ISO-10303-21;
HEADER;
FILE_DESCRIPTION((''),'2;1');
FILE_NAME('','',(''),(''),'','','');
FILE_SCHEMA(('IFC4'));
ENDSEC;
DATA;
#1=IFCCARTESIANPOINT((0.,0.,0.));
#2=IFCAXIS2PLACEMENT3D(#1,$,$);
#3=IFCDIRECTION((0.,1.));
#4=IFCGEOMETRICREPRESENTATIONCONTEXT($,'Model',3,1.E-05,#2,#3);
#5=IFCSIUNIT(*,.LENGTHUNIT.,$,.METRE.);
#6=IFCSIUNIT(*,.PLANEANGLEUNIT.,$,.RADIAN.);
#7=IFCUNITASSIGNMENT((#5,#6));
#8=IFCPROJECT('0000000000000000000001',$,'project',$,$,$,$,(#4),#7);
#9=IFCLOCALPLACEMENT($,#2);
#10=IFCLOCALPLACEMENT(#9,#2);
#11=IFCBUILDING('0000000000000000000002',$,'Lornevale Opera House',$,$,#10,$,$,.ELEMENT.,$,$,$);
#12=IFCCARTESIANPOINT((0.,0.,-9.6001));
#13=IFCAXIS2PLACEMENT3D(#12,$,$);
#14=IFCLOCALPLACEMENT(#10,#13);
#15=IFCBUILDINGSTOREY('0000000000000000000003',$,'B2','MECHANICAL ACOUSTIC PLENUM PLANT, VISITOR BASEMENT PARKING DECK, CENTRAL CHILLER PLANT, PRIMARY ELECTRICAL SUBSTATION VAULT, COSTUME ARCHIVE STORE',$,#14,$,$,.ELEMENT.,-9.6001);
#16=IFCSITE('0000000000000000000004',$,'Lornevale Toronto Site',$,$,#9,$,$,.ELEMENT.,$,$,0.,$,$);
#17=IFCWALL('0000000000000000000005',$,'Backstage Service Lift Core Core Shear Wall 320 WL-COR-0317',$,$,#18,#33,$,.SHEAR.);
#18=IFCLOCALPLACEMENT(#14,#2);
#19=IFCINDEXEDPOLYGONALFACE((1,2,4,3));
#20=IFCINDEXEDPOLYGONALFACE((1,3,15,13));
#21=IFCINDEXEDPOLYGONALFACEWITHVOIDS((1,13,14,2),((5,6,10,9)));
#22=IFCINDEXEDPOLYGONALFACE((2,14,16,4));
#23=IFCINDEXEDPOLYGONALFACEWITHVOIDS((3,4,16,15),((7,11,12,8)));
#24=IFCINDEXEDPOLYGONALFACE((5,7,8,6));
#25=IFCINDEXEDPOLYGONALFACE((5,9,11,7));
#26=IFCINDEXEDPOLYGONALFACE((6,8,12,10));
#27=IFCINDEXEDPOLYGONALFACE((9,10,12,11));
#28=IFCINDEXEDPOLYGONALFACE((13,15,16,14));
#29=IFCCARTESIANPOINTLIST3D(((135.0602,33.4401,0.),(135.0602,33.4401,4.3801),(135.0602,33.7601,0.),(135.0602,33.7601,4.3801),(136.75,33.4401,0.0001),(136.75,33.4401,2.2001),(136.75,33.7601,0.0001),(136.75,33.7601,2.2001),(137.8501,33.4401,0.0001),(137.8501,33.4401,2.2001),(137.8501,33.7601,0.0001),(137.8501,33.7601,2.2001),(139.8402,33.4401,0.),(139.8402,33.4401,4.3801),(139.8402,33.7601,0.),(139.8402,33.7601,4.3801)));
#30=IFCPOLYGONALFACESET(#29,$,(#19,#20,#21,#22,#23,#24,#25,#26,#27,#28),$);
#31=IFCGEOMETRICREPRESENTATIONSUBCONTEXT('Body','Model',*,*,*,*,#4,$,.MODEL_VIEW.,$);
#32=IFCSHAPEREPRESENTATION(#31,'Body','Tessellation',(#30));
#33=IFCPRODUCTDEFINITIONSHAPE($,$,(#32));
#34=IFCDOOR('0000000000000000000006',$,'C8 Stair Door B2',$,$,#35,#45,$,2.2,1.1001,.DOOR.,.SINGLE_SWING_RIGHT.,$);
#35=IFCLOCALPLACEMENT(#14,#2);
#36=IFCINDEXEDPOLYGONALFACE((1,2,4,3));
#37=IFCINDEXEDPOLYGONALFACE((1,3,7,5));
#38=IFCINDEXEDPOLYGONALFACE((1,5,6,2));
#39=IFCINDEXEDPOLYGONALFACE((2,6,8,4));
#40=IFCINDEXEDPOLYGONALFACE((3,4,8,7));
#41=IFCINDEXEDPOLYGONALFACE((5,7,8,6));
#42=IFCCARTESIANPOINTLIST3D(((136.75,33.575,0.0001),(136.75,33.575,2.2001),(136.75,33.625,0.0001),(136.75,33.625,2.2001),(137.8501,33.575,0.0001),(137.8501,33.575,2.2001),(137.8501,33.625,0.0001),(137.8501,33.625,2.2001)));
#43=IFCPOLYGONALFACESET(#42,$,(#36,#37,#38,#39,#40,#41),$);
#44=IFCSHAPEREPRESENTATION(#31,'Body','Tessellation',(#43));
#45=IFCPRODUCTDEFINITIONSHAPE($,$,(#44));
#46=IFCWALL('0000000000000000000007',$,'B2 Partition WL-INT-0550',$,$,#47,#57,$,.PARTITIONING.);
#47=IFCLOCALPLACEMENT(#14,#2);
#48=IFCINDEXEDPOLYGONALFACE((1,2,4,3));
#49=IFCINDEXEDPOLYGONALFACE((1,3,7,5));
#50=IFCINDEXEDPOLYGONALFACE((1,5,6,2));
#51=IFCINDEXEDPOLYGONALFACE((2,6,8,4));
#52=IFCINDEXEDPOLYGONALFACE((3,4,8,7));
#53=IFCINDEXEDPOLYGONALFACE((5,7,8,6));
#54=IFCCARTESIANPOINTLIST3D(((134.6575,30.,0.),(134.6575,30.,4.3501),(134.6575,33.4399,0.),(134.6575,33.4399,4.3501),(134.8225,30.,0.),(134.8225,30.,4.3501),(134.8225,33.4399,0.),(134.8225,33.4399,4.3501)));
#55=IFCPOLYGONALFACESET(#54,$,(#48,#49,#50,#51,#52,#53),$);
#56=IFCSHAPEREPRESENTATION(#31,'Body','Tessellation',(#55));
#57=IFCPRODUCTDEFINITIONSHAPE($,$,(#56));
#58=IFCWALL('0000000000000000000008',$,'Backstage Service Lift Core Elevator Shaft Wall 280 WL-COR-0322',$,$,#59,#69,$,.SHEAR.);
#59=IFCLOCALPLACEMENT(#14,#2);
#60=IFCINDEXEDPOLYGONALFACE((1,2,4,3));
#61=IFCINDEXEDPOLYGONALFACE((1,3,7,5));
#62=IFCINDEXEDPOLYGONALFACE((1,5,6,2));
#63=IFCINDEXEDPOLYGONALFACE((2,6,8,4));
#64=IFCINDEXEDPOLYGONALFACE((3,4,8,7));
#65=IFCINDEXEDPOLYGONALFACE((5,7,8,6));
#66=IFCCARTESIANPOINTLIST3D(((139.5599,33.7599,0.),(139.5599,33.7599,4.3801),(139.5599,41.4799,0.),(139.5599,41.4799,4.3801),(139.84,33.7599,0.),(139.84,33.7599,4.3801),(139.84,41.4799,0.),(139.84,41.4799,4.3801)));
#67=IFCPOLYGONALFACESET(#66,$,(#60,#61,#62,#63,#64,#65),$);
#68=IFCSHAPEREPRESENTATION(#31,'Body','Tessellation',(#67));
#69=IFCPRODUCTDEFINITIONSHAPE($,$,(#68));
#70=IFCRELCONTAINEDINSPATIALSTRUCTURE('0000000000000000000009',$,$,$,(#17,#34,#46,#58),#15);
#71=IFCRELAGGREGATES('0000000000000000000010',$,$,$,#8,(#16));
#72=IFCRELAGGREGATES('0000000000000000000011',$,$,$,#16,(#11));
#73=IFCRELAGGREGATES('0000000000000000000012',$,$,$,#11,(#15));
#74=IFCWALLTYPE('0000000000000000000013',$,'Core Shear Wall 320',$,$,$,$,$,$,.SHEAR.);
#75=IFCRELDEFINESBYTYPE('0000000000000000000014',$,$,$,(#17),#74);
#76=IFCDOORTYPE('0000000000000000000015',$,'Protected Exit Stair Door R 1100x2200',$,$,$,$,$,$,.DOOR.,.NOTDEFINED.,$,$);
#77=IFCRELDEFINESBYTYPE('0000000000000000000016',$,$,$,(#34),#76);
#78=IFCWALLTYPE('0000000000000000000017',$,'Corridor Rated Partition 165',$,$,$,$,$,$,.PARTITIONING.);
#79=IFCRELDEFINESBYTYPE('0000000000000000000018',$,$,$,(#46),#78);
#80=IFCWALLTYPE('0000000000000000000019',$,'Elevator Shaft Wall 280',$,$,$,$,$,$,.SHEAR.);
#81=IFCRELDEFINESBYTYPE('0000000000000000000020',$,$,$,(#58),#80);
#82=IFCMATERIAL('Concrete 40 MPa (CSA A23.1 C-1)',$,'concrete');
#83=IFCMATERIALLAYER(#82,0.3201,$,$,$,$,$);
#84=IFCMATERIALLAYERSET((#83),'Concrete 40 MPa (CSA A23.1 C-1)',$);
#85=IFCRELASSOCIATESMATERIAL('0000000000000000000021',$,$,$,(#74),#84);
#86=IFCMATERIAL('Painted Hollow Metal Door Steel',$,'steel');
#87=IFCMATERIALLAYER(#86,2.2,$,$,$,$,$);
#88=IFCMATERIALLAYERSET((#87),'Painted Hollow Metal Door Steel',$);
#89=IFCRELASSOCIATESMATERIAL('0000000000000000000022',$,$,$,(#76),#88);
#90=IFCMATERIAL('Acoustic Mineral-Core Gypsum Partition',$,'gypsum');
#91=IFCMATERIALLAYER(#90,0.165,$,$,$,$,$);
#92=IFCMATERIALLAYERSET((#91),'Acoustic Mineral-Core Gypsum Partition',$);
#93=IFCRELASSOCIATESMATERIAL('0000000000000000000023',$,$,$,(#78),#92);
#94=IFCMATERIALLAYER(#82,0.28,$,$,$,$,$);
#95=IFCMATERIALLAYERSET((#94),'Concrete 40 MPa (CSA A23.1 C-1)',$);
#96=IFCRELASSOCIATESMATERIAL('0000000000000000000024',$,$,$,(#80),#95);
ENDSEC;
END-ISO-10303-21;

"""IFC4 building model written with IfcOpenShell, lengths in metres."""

from ifc_helpers import new_model, si_unit, direction, frame, frame_2d, origin, place, context, subcontext, project, spatial, rectangle, extrude, material, layer, layer_set, type_object, element, fill, save


model = new_model("IFC4")

# Units and contexts
model_context = context("Model", 3, precision=1e-05, world=origin(), true_north=direction((0.0, 1.0)))
body_context = subcontext(model_context, "Body", "Model", "MODEL_VIEW")
ifc_project = project(units=[si_unit("LENGTHUNIT", "METRE"), si_unit("PLANEANGLEUNIT", "RADIAN")], contexts=[model_context])

# Site, building, storey
site_placement = place(None, origin())
site = spatial("IfcSite", under=ifc_project, at=site_placement, Name="Lornevale Toronto Site", CompositionType="ELEMENT", RefElevation=0.0)
building_placement = place(site_placement, origin())
building = spatial("IfcBuilding", under=site, at=building_placement, Name="Lornevale Opera House", CompositionType="ELEMENT")
storey_placement = place(building_placement, frame((0.0, 0.0, -9.6001)))
storey = spatial("IfcBuildingStorey", under=building, at=storey_placement, Name="B2", Description="MECHANICAL ACOUSTIC PLENUM PLANT, VISITOR BASEMENT PARKING DECK, CENTRAL CHILLER PLANT, PRIMARY ELECTRICAL SUBSTATION VAULT, COSTUME ARCHIVE STORE", CompositionType="ELEMENT", Elevation=-9.6001)

# Shared definitions
ifc_material_1 = material(Name="Concrete 40 MPa (CSA A23.1 C-1)", Category="concrete")

# Wall, opening, door
ifc_layer_1 = layer(ifc_material_1, 0.3201)
ifc_layer_set_1 = layer_set([ifc_layer_1], Name="Concrete 40 MPa (CSA A23.1 C-1)")
wall_type_1 = type_object("IfcWallType", Name="Core Shear Wall 320", PredefinedType="SHEAR", material=ifc_layer_set_1)
wall_1_placement = place(storey_placement, frame((135.0601, 33.6001, 0.0), z_axis=(0.0, 0.0, 1.0), x_axis=(1.0, 0.0, 0.0)))
wall_1 = element("IfcWall", 1, at=wall_1_placement, inside=storey, type_object=wall_type_1, Name="Backstage Service Lift Core Core Shear Wall 320 WL-COR-0317", PredefinedType="SHEAR", context=body_context, shape_type="SweptSolid", body=[
    extrude(rectangle(XDim=4.78, YDim=0.3201, at=frame_2d((2.3901, 0.0))), origin(), (0.0, 0.0, 1.0), 4.3801),
])
opening_1_placement = place(wall_1_placement, frame((1.6899, 0.0, 0.0)))
opening_1 = element("IfcOpeningElement", 2, at=opening_1_placement, cuts=wall_1, PredefinedType="OPENING", context=body_context, shape_type="SweptSolid", body=[
    extrude(rectangle(XDim=1.1001, YDim=2.2, at=frame_2d((0.55, 1.1001))), frame((0.0, 0.1699, 0.0), z_axis=(0.0, -1.0, 0.0), x_axis=(1.0, 0.0, 0.0)), (0.0, 0.0, 1.0), 0.3401),
])
ifc_material_2 = material(Name="Painted Hollow Metal Door Steel", Category="steel")
ifc_layer_2 = layer(ifc_material_2, 2.2)
ifc_layer_set_2 = layer_set([ifc_layer_2], Name="Painted Hollow Metal Door Steel")
door_type_1 = type_object("IfcDoorType", Name="Protected Exit Stair Door R 1100x2200", OperationType="NOTDEFINED", PredefinedType="DOOR", material=ifc_layer_set_2)
door_1_placement = place(opening_1_placement, origin())
door_1 = element("IfcDoor", 3, at=door_1_placement, inside=storey, type_object=door_type_1, Name="C8 Stair Door B2", OperationType="SINGLE_SWING_RIGHT", OverallHeight=2.2, OverallWidth=1.1001, PredefinedType="DOOR", context=body_context, shape_type="SweptSolid", body=[
    extrude(rectangle(XDim=1.1001, YDim=2.2, at=frame_2d((0.55, 1.1001))), frame((0.0, 0.0249, 0.0), z_axis=(0.0, -1.0, 0.0), x_axis=(1.0, 0.0, 0.0)), (0.0, 0.0, 1.0), 0.05),
])
fill(opening_1, door_1)

# Wall
ifc_material_3 = material(Name="Acoustic Mineral-Core Gypsum Partition", Category="gypsum")
ifc_layer_3 = layer(ifc_material_3, 0.165)
ifc_layer_set_3 = layer_set([ifc_layer_3], Name="Acoustic Mineral-Core Gypsum Partition")
wall_type_2 = type_object("IfcWallType", Name="Corridor Rated Partition 165", PredefinedType="PARTITIONING", material=ifc_layer_set_3)
wall_2_placement = place(storey_placement, frame((134.74, 30.0, 0.0), z_axis=(0.0, 0.0, 1.0), x_axis=(0.0, 1.0, 0.0)))
element("IfcWall", 4, at=wall_2_placement, inside=storey, type_object=wall_type_2, Name="B2 Partition WL-INT-0550", PredefinedType="PARTITIONING", context=body_context, shape_type="SweptSolid", body=[
    extrude(rectangle(XDim=3.4399, YDim=0.165, at=frame_2d((1.72, 0.0))), origin(), (0.0, 0.0, 1.0), 4.3501),
])

# Shared definitions
ifc_layer_4 = layer(ifc_material_1, 0.28)
ifc_layer_set_4 = layer_set([ifc_layer_4], Name="Concrete 40 MPa (CSA A23.1 C-1)")
wall_type_3 = type_object("IfcWallType", Name="Elevator Shaft Wall 280", PredefinedType="SHEAR", material=ifc_layer_set_4)

# Wall
wall_3_placement = place(storey_placement, frame((139.7, 33.76, 0.0), z_axis=(0.0, 0.0, 1.0), x_axis=(0.0, 1.0, 0.0)))
element("IfcWall", 5, at=wall_3_placement, inside=storey, type_object=wall_type_3, Name="Backstage Service Lift Core Elevator Shaft Wall 280 WL-COR-0322", PredefinedType="SHEAR", context=body_context, shape_type="SweptSolid", body=[
    extrude(rectangle(XDim=7.72, YDim=0.28, at=frame_2d((3.8599, 0.0))), origin(), (0.0, 0.0, 1.0), 4.3801),
])

save(model, "model.ifc")
